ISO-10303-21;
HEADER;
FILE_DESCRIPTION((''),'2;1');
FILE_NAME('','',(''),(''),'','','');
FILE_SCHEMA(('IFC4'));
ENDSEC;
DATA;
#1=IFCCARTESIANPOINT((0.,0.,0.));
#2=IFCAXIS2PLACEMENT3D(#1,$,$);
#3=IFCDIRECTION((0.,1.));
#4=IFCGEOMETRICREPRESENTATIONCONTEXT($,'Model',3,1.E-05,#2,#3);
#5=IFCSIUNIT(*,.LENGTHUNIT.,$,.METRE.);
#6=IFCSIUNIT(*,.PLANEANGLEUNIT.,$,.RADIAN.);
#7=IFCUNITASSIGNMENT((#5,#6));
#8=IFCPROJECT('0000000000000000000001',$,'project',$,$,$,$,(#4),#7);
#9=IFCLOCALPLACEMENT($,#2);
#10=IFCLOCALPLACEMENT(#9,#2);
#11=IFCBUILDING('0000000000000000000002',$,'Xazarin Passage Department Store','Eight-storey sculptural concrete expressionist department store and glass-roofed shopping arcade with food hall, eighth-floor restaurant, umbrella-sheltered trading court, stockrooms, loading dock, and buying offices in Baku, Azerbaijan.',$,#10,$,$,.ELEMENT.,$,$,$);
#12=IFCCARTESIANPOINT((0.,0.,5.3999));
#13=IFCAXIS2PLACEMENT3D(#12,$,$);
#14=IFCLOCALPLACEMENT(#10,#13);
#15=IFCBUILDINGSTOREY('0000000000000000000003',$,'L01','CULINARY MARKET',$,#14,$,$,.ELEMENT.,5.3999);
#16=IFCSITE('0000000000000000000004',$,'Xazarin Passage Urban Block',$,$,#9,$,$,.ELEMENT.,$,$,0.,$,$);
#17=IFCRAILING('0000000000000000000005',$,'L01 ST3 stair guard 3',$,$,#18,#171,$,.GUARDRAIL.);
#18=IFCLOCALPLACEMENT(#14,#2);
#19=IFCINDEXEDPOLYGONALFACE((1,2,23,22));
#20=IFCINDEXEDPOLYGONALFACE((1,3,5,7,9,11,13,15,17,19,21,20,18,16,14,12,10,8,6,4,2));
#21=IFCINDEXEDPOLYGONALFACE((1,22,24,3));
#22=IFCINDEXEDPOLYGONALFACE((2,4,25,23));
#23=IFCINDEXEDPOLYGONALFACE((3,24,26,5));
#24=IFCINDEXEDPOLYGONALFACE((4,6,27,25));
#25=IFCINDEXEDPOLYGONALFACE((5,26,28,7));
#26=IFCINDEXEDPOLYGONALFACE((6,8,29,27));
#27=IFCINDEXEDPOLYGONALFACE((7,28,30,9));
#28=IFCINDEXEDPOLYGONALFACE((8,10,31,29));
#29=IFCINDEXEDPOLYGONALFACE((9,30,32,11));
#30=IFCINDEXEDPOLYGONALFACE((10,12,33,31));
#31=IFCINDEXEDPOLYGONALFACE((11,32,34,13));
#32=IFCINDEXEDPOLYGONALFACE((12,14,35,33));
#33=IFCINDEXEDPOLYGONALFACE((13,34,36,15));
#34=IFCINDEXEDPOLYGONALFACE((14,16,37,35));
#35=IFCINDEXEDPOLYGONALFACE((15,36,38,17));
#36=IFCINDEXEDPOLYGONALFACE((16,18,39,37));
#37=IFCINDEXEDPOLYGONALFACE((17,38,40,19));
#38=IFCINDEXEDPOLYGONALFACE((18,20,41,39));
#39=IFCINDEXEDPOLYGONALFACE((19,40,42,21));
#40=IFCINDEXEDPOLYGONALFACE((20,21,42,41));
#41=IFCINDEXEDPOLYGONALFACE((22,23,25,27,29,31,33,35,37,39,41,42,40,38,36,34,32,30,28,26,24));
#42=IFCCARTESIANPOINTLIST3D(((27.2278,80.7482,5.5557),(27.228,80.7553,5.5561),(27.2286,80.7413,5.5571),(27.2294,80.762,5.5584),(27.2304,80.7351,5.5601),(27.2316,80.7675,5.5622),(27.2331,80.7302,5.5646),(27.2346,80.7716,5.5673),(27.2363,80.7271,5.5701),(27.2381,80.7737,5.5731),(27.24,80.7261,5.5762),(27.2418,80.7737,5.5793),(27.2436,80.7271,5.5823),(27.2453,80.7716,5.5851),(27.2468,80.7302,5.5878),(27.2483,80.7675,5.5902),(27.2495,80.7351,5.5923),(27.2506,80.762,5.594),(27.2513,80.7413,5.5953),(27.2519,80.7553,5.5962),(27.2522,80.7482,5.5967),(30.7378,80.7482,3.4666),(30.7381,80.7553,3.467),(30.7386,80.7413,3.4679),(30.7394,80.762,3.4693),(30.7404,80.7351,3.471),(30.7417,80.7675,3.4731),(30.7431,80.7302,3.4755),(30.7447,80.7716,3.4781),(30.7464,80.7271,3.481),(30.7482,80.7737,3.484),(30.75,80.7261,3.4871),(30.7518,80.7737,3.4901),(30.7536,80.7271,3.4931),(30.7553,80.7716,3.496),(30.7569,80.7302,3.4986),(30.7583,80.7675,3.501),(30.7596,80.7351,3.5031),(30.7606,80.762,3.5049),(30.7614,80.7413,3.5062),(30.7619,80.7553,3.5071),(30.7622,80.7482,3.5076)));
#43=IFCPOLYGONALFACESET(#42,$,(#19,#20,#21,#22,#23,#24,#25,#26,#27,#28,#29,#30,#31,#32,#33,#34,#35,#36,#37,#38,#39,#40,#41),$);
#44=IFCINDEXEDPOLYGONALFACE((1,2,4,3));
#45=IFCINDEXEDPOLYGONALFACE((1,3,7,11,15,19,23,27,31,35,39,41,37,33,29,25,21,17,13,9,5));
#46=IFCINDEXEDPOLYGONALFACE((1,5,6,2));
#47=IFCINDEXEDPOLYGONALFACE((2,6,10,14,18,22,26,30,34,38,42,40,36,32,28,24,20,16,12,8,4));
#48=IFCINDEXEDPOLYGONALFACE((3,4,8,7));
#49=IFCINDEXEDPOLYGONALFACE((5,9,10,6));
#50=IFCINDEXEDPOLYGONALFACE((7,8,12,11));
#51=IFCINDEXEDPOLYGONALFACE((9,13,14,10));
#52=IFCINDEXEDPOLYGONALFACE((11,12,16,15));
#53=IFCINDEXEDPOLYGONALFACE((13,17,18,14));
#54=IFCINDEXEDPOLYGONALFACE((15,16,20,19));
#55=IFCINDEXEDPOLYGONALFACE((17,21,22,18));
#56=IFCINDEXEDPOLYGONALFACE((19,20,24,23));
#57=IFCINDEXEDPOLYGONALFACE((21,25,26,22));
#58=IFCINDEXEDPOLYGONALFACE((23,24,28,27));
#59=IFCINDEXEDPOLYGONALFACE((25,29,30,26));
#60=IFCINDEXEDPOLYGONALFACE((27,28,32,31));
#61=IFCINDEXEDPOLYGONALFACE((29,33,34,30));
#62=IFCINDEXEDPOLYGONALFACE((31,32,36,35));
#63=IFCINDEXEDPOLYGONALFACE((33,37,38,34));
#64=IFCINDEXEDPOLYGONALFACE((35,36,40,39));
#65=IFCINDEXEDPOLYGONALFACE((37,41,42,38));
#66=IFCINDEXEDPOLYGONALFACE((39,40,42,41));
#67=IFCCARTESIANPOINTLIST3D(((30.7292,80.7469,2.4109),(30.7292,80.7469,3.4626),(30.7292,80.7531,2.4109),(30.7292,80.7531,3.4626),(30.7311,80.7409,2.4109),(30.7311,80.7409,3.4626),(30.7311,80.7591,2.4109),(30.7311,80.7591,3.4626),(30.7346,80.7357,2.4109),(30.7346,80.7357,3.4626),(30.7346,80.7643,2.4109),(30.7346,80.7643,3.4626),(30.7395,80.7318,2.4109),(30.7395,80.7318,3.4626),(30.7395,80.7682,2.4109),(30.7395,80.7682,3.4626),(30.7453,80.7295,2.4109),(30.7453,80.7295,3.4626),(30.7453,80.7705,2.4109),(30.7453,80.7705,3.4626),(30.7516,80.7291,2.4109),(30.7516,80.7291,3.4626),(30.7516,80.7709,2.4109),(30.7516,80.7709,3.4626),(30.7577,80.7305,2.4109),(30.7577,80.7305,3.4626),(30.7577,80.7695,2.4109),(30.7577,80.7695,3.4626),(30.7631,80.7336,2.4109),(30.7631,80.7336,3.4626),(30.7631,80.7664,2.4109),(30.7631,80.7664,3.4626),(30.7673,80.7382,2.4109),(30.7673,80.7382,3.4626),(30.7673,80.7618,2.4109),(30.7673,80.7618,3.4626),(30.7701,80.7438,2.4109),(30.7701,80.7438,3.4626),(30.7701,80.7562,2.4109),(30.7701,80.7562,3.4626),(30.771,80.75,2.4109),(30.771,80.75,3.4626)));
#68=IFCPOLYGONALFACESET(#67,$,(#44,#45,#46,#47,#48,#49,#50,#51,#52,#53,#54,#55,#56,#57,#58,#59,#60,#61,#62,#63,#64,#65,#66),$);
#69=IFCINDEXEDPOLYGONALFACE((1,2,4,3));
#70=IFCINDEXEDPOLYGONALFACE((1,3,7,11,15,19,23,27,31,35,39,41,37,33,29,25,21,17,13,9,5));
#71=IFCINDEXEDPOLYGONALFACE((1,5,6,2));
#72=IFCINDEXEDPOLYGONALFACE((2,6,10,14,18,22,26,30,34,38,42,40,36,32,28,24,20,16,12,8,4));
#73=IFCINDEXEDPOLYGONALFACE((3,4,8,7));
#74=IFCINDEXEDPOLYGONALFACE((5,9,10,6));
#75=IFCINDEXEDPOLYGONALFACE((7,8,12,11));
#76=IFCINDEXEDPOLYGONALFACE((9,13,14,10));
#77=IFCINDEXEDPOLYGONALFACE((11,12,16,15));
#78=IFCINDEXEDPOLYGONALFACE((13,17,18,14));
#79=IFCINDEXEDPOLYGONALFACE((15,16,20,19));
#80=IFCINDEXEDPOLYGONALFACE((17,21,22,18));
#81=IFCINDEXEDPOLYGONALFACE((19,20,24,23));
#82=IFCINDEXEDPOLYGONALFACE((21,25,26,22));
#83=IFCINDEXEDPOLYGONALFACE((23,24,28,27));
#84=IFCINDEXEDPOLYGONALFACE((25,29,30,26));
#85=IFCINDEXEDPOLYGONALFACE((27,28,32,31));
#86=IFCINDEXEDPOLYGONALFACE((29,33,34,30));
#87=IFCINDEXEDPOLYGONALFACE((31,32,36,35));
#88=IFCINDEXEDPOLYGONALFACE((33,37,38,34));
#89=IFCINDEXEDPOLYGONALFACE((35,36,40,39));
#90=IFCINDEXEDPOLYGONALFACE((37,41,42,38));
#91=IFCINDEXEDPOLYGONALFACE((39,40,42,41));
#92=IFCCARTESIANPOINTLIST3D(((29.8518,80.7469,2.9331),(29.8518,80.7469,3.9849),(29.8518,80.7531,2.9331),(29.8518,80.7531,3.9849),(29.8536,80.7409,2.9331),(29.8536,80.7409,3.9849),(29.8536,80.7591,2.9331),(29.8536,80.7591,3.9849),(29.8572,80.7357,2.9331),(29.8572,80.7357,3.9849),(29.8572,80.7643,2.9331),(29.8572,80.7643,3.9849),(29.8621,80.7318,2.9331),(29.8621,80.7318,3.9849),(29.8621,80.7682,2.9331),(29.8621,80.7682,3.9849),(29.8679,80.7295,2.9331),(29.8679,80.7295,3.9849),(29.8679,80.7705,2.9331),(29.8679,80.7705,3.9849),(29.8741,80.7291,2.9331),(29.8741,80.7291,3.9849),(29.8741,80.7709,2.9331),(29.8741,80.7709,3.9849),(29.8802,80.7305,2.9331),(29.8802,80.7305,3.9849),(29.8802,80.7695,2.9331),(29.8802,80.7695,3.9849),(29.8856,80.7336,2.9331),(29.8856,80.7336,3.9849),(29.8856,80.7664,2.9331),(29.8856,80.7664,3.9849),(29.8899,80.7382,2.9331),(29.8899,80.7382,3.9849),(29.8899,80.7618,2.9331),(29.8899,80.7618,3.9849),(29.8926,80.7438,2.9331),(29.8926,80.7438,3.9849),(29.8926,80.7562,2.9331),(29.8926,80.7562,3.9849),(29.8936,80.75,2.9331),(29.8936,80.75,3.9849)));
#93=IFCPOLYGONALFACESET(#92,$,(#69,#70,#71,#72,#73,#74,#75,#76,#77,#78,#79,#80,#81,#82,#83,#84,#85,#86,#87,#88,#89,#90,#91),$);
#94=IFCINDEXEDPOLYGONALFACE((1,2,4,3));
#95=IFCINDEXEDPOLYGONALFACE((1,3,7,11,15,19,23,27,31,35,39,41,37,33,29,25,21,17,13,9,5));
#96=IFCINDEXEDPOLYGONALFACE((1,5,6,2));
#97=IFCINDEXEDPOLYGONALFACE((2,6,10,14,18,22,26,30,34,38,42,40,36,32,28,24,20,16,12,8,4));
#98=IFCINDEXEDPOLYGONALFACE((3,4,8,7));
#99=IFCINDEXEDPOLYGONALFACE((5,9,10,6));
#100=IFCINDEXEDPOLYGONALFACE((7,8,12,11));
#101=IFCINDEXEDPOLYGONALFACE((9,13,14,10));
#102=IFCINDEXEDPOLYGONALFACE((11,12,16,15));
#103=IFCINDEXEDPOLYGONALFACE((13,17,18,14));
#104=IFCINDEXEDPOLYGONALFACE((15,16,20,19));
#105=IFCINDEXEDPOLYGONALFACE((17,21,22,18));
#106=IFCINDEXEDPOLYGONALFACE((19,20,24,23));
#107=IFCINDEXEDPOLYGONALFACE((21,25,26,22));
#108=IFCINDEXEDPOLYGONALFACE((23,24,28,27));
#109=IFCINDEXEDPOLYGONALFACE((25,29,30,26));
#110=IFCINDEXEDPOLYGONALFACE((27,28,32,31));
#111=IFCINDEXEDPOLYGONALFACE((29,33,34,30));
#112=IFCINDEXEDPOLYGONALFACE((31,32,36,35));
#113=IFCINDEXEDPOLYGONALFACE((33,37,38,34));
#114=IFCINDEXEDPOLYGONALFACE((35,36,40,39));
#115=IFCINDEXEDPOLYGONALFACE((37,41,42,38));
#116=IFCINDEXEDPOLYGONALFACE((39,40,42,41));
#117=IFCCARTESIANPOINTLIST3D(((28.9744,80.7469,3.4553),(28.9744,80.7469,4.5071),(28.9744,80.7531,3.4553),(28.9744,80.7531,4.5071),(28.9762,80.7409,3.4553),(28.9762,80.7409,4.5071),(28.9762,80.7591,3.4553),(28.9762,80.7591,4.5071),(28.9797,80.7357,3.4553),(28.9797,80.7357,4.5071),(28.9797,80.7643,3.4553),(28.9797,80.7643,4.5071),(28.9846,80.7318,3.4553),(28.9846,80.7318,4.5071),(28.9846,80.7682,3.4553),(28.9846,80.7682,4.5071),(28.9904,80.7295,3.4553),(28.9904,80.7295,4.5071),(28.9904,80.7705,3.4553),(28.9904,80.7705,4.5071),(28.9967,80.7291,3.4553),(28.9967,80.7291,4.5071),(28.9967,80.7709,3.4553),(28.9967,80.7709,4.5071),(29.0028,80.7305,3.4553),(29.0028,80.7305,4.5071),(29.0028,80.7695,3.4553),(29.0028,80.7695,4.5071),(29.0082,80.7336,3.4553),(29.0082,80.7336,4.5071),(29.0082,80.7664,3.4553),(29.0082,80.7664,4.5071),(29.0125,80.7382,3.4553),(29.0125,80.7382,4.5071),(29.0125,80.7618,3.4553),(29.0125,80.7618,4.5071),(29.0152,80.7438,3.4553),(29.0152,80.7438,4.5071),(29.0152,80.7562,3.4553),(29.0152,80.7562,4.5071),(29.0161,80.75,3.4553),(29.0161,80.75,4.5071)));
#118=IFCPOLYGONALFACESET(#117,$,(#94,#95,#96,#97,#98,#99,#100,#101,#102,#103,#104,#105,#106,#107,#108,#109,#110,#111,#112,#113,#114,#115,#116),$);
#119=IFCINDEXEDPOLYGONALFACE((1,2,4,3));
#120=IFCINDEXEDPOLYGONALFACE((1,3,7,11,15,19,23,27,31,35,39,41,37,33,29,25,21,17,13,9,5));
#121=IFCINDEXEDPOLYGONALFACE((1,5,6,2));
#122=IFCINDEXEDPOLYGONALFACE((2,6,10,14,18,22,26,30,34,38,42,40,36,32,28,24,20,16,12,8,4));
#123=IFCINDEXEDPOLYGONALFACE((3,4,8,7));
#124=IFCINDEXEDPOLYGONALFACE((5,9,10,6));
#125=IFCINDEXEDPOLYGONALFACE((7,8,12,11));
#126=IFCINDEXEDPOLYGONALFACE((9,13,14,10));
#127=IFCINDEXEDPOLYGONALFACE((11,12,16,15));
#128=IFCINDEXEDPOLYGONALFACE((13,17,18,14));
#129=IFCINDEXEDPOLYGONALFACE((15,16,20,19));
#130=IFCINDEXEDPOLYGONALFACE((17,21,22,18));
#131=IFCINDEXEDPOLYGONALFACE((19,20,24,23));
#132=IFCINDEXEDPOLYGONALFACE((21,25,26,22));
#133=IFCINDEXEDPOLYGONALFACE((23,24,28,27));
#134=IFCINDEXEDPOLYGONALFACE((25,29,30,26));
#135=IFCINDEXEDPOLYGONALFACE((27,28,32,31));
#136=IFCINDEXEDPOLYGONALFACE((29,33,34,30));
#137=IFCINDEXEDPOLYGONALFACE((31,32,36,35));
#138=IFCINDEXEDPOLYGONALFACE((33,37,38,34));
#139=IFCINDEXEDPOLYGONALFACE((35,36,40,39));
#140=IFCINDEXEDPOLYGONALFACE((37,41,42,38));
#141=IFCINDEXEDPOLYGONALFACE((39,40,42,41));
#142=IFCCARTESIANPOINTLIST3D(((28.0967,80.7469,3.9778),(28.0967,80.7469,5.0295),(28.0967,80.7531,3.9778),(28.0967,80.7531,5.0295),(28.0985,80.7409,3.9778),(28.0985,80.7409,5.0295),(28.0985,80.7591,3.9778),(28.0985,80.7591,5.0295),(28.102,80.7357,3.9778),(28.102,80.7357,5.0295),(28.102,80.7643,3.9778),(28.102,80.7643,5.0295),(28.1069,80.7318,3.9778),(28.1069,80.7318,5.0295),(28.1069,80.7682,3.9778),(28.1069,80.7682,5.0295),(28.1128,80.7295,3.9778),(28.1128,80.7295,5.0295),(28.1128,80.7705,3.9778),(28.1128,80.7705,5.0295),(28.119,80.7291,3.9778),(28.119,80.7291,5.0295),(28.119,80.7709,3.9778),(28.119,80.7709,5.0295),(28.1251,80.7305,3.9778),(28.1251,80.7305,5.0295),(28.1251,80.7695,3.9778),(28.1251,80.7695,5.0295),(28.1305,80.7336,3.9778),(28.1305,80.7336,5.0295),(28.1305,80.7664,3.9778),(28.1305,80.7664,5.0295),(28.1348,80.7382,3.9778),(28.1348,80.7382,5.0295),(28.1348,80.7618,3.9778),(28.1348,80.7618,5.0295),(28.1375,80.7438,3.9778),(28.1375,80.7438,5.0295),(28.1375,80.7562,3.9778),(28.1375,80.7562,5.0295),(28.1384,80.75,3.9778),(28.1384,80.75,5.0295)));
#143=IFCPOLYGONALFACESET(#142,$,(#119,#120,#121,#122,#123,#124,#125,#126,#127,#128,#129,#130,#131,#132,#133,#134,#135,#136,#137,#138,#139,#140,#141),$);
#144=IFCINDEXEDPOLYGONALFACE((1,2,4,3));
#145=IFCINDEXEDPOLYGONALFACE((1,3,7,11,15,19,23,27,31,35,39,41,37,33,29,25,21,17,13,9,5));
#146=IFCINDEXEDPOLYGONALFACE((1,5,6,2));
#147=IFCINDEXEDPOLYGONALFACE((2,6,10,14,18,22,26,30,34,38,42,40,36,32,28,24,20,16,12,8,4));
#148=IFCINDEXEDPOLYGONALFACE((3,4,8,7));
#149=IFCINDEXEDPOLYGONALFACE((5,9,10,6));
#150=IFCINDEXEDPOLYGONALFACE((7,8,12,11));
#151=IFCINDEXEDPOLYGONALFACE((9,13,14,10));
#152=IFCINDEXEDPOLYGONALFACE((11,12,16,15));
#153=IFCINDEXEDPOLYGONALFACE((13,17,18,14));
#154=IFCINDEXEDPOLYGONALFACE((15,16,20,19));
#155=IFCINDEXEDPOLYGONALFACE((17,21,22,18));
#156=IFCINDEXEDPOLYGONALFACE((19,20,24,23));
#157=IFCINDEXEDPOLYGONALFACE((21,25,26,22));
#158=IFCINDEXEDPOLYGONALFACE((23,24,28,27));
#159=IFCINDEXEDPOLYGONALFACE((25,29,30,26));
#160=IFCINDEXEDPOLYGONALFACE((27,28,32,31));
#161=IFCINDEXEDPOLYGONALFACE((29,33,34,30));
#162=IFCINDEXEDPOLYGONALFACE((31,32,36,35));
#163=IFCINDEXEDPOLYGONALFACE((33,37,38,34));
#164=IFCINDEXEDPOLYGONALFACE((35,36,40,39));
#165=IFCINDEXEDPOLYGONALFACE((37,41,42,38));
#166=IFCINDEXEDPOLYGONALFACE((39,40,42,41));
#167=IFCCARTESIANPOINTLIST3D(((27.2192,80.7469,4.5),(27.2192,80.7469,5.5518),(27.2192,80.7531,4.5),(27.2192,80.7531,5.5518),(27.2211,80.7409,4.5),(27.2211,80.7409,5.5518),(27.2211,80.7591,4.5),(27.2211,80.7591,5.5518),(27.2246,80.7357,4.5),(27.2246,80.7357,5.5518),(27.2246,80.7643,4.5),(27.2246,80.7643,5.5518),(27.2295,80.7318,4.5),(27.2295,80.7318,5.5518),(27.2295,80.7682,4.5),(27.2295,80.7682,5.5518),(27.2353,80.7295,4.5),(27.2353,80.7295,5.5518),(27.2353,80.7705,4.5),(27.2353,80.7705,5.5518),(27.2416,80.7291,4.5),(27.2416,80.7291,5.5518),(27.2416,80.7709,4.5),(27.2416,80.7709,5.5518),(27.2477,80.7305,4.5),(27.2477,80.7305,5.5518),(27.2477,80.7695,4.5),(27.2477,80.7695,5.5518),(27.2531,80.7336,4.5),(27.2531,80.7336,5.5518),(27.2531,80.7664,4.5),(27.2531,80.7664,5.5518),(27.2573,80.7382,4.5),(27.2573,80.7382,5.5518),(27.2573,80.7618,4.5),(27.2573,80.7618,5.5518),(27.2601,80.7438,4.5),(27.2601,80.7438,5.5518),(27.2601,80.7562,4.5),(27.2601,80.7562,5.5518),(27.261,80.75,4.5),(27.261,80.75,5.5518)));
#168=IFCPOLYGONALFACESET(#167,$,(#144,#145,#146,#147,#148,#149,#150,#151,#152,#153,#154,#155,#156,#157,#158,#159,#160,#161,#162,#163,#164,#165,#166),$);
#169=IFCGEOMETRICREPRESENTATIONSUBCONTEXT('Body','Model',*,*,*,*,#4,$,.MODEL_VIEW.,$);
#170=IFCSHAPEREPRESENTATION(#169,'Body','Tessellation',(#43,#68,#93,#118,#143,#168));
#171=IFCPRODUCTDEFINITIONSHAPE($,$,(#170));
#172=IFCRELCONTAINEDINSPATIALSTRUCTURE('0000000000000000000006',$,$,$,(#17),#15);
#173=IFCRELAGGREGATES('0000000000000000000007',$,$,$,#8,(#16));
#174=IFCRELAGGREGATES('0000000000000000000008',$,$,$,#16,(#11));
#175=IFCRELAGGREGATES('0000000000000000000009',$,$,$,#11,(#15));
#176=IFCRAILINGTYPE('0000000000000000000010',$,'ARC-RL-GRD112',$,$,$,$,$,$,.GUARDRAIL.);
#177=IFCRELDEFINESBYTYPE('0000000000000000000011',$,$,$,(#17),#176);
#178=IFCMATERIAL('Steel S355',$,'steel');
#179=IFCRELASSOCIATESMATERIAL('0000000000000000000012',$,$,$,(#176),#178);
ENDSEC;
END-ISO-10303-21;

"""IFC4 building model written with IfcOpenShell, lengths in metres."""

from ifc_helpers import new_model, si_unit, direction, frame, origin, origin_2d, place, context, subcontext, project, spatial, circle, extrude, material, type_object, element, save


model = new_model("IFC4")

# Units and contexts
model_context = context("Model", 3, precision=1e-05, world=origin(), true_north=direction((0.0, 1.0)))
body_context = subcontext(model_context, "Body", "Model", "MODEL_VIEW")
ifc_project = project(units=[si_unit("LENGTHUNIT", "METRE"), si_unit("PLANEANGLEUNIT", "RADIAN")], contexts=[model_context])

# Site, building, storey
site_placement = place(None, origin())
site = spatial("IfcSite", under=ifc_project, at=site_placement, Name="Xazarin Passage Urban Block", CompositionType="ELEMENT", RefElevation=0.0)
building_placement = place(site_placement, origin())
building = spatial("IfcBuilding", under=site, at=building_placement, Name="Xazarin Passage Department Store", Description="Eight-storey sculptural concrete expressionist department store and glass-roofed shopping arcade with food hall, eighth-floor restaurant, umbrella-sheltered trading court, stockrooms, loading dock, and buying offices in Baku, Azerbaijan.", CompositionType="ELEMENT")
storey_placement = place(building_placement, frame((0.0, 0.0, 5.3999)))
storey = spatial("IfcBuildingStorey", under=building, at=storey_placement, Name="L01", Description="CULINARY MARKET", CompositionType="ELEMENT", Elevation=5.3999)

# Shared definitions
ifc_material_1 = material(Name="Steel S355", Category="steel")

# Railing
railing_type_1 = type_object("IfcRailingType", Name="ARC-RL-GRD112", PredefinedType="GUARDRAIL", material=ifc_material_1)
railing_1_placement = place(storey_placement, frame((30.75, 80.75, 2.4109)))
element("IfcRailing", 1, at=railing_1_placement, inside=storey, type_object=railing_type_1, Name="L01 ST3 stair guard 3", PredefinedType="GUARDRAIL", context=body_context, shape_type="SweptSolid", body=[
    extrude(circle(Radius=0.0239, at=origin_2d()), frame((0.0, 0.0, 1.0762), z_axis=(-0.859312, 0.0, 0.511451), x_axis=(0.0, -1.0, 0.0)), (0.0, 0.0, 1.0), 4.0847),
    extrude(circle(Radius=0.021, at=origin_2d()), origin(), (0.0, 0.0, 1.0), 1.0518),
    extrude(circle(Radius=0.021, at=origin_2d()), frame((-0.8774, 0.0, 0.5222)), (0.0, 0.0, 1.0), 1.0518),
    extrude(circle(Radius=0.021, at=origin_2d()), frame((-1.7549, 0.0, 1.0444)), (0.0, 0.0, 1.0), 1.0518),
    extrude(circle(Radius=0.021, at=origin_2d()), frame((-2.6326, 0.0, 1.5669)), (0.0, 0.0, 1.0), 1.0518),
    extrude(circle(Radius=0.021, at=origin_2d()), frame((-3.51, 0.0, 2.0891)), (0.0, 0.0, 1.0), 1.0518),
])

save(model, "model.ifc")
